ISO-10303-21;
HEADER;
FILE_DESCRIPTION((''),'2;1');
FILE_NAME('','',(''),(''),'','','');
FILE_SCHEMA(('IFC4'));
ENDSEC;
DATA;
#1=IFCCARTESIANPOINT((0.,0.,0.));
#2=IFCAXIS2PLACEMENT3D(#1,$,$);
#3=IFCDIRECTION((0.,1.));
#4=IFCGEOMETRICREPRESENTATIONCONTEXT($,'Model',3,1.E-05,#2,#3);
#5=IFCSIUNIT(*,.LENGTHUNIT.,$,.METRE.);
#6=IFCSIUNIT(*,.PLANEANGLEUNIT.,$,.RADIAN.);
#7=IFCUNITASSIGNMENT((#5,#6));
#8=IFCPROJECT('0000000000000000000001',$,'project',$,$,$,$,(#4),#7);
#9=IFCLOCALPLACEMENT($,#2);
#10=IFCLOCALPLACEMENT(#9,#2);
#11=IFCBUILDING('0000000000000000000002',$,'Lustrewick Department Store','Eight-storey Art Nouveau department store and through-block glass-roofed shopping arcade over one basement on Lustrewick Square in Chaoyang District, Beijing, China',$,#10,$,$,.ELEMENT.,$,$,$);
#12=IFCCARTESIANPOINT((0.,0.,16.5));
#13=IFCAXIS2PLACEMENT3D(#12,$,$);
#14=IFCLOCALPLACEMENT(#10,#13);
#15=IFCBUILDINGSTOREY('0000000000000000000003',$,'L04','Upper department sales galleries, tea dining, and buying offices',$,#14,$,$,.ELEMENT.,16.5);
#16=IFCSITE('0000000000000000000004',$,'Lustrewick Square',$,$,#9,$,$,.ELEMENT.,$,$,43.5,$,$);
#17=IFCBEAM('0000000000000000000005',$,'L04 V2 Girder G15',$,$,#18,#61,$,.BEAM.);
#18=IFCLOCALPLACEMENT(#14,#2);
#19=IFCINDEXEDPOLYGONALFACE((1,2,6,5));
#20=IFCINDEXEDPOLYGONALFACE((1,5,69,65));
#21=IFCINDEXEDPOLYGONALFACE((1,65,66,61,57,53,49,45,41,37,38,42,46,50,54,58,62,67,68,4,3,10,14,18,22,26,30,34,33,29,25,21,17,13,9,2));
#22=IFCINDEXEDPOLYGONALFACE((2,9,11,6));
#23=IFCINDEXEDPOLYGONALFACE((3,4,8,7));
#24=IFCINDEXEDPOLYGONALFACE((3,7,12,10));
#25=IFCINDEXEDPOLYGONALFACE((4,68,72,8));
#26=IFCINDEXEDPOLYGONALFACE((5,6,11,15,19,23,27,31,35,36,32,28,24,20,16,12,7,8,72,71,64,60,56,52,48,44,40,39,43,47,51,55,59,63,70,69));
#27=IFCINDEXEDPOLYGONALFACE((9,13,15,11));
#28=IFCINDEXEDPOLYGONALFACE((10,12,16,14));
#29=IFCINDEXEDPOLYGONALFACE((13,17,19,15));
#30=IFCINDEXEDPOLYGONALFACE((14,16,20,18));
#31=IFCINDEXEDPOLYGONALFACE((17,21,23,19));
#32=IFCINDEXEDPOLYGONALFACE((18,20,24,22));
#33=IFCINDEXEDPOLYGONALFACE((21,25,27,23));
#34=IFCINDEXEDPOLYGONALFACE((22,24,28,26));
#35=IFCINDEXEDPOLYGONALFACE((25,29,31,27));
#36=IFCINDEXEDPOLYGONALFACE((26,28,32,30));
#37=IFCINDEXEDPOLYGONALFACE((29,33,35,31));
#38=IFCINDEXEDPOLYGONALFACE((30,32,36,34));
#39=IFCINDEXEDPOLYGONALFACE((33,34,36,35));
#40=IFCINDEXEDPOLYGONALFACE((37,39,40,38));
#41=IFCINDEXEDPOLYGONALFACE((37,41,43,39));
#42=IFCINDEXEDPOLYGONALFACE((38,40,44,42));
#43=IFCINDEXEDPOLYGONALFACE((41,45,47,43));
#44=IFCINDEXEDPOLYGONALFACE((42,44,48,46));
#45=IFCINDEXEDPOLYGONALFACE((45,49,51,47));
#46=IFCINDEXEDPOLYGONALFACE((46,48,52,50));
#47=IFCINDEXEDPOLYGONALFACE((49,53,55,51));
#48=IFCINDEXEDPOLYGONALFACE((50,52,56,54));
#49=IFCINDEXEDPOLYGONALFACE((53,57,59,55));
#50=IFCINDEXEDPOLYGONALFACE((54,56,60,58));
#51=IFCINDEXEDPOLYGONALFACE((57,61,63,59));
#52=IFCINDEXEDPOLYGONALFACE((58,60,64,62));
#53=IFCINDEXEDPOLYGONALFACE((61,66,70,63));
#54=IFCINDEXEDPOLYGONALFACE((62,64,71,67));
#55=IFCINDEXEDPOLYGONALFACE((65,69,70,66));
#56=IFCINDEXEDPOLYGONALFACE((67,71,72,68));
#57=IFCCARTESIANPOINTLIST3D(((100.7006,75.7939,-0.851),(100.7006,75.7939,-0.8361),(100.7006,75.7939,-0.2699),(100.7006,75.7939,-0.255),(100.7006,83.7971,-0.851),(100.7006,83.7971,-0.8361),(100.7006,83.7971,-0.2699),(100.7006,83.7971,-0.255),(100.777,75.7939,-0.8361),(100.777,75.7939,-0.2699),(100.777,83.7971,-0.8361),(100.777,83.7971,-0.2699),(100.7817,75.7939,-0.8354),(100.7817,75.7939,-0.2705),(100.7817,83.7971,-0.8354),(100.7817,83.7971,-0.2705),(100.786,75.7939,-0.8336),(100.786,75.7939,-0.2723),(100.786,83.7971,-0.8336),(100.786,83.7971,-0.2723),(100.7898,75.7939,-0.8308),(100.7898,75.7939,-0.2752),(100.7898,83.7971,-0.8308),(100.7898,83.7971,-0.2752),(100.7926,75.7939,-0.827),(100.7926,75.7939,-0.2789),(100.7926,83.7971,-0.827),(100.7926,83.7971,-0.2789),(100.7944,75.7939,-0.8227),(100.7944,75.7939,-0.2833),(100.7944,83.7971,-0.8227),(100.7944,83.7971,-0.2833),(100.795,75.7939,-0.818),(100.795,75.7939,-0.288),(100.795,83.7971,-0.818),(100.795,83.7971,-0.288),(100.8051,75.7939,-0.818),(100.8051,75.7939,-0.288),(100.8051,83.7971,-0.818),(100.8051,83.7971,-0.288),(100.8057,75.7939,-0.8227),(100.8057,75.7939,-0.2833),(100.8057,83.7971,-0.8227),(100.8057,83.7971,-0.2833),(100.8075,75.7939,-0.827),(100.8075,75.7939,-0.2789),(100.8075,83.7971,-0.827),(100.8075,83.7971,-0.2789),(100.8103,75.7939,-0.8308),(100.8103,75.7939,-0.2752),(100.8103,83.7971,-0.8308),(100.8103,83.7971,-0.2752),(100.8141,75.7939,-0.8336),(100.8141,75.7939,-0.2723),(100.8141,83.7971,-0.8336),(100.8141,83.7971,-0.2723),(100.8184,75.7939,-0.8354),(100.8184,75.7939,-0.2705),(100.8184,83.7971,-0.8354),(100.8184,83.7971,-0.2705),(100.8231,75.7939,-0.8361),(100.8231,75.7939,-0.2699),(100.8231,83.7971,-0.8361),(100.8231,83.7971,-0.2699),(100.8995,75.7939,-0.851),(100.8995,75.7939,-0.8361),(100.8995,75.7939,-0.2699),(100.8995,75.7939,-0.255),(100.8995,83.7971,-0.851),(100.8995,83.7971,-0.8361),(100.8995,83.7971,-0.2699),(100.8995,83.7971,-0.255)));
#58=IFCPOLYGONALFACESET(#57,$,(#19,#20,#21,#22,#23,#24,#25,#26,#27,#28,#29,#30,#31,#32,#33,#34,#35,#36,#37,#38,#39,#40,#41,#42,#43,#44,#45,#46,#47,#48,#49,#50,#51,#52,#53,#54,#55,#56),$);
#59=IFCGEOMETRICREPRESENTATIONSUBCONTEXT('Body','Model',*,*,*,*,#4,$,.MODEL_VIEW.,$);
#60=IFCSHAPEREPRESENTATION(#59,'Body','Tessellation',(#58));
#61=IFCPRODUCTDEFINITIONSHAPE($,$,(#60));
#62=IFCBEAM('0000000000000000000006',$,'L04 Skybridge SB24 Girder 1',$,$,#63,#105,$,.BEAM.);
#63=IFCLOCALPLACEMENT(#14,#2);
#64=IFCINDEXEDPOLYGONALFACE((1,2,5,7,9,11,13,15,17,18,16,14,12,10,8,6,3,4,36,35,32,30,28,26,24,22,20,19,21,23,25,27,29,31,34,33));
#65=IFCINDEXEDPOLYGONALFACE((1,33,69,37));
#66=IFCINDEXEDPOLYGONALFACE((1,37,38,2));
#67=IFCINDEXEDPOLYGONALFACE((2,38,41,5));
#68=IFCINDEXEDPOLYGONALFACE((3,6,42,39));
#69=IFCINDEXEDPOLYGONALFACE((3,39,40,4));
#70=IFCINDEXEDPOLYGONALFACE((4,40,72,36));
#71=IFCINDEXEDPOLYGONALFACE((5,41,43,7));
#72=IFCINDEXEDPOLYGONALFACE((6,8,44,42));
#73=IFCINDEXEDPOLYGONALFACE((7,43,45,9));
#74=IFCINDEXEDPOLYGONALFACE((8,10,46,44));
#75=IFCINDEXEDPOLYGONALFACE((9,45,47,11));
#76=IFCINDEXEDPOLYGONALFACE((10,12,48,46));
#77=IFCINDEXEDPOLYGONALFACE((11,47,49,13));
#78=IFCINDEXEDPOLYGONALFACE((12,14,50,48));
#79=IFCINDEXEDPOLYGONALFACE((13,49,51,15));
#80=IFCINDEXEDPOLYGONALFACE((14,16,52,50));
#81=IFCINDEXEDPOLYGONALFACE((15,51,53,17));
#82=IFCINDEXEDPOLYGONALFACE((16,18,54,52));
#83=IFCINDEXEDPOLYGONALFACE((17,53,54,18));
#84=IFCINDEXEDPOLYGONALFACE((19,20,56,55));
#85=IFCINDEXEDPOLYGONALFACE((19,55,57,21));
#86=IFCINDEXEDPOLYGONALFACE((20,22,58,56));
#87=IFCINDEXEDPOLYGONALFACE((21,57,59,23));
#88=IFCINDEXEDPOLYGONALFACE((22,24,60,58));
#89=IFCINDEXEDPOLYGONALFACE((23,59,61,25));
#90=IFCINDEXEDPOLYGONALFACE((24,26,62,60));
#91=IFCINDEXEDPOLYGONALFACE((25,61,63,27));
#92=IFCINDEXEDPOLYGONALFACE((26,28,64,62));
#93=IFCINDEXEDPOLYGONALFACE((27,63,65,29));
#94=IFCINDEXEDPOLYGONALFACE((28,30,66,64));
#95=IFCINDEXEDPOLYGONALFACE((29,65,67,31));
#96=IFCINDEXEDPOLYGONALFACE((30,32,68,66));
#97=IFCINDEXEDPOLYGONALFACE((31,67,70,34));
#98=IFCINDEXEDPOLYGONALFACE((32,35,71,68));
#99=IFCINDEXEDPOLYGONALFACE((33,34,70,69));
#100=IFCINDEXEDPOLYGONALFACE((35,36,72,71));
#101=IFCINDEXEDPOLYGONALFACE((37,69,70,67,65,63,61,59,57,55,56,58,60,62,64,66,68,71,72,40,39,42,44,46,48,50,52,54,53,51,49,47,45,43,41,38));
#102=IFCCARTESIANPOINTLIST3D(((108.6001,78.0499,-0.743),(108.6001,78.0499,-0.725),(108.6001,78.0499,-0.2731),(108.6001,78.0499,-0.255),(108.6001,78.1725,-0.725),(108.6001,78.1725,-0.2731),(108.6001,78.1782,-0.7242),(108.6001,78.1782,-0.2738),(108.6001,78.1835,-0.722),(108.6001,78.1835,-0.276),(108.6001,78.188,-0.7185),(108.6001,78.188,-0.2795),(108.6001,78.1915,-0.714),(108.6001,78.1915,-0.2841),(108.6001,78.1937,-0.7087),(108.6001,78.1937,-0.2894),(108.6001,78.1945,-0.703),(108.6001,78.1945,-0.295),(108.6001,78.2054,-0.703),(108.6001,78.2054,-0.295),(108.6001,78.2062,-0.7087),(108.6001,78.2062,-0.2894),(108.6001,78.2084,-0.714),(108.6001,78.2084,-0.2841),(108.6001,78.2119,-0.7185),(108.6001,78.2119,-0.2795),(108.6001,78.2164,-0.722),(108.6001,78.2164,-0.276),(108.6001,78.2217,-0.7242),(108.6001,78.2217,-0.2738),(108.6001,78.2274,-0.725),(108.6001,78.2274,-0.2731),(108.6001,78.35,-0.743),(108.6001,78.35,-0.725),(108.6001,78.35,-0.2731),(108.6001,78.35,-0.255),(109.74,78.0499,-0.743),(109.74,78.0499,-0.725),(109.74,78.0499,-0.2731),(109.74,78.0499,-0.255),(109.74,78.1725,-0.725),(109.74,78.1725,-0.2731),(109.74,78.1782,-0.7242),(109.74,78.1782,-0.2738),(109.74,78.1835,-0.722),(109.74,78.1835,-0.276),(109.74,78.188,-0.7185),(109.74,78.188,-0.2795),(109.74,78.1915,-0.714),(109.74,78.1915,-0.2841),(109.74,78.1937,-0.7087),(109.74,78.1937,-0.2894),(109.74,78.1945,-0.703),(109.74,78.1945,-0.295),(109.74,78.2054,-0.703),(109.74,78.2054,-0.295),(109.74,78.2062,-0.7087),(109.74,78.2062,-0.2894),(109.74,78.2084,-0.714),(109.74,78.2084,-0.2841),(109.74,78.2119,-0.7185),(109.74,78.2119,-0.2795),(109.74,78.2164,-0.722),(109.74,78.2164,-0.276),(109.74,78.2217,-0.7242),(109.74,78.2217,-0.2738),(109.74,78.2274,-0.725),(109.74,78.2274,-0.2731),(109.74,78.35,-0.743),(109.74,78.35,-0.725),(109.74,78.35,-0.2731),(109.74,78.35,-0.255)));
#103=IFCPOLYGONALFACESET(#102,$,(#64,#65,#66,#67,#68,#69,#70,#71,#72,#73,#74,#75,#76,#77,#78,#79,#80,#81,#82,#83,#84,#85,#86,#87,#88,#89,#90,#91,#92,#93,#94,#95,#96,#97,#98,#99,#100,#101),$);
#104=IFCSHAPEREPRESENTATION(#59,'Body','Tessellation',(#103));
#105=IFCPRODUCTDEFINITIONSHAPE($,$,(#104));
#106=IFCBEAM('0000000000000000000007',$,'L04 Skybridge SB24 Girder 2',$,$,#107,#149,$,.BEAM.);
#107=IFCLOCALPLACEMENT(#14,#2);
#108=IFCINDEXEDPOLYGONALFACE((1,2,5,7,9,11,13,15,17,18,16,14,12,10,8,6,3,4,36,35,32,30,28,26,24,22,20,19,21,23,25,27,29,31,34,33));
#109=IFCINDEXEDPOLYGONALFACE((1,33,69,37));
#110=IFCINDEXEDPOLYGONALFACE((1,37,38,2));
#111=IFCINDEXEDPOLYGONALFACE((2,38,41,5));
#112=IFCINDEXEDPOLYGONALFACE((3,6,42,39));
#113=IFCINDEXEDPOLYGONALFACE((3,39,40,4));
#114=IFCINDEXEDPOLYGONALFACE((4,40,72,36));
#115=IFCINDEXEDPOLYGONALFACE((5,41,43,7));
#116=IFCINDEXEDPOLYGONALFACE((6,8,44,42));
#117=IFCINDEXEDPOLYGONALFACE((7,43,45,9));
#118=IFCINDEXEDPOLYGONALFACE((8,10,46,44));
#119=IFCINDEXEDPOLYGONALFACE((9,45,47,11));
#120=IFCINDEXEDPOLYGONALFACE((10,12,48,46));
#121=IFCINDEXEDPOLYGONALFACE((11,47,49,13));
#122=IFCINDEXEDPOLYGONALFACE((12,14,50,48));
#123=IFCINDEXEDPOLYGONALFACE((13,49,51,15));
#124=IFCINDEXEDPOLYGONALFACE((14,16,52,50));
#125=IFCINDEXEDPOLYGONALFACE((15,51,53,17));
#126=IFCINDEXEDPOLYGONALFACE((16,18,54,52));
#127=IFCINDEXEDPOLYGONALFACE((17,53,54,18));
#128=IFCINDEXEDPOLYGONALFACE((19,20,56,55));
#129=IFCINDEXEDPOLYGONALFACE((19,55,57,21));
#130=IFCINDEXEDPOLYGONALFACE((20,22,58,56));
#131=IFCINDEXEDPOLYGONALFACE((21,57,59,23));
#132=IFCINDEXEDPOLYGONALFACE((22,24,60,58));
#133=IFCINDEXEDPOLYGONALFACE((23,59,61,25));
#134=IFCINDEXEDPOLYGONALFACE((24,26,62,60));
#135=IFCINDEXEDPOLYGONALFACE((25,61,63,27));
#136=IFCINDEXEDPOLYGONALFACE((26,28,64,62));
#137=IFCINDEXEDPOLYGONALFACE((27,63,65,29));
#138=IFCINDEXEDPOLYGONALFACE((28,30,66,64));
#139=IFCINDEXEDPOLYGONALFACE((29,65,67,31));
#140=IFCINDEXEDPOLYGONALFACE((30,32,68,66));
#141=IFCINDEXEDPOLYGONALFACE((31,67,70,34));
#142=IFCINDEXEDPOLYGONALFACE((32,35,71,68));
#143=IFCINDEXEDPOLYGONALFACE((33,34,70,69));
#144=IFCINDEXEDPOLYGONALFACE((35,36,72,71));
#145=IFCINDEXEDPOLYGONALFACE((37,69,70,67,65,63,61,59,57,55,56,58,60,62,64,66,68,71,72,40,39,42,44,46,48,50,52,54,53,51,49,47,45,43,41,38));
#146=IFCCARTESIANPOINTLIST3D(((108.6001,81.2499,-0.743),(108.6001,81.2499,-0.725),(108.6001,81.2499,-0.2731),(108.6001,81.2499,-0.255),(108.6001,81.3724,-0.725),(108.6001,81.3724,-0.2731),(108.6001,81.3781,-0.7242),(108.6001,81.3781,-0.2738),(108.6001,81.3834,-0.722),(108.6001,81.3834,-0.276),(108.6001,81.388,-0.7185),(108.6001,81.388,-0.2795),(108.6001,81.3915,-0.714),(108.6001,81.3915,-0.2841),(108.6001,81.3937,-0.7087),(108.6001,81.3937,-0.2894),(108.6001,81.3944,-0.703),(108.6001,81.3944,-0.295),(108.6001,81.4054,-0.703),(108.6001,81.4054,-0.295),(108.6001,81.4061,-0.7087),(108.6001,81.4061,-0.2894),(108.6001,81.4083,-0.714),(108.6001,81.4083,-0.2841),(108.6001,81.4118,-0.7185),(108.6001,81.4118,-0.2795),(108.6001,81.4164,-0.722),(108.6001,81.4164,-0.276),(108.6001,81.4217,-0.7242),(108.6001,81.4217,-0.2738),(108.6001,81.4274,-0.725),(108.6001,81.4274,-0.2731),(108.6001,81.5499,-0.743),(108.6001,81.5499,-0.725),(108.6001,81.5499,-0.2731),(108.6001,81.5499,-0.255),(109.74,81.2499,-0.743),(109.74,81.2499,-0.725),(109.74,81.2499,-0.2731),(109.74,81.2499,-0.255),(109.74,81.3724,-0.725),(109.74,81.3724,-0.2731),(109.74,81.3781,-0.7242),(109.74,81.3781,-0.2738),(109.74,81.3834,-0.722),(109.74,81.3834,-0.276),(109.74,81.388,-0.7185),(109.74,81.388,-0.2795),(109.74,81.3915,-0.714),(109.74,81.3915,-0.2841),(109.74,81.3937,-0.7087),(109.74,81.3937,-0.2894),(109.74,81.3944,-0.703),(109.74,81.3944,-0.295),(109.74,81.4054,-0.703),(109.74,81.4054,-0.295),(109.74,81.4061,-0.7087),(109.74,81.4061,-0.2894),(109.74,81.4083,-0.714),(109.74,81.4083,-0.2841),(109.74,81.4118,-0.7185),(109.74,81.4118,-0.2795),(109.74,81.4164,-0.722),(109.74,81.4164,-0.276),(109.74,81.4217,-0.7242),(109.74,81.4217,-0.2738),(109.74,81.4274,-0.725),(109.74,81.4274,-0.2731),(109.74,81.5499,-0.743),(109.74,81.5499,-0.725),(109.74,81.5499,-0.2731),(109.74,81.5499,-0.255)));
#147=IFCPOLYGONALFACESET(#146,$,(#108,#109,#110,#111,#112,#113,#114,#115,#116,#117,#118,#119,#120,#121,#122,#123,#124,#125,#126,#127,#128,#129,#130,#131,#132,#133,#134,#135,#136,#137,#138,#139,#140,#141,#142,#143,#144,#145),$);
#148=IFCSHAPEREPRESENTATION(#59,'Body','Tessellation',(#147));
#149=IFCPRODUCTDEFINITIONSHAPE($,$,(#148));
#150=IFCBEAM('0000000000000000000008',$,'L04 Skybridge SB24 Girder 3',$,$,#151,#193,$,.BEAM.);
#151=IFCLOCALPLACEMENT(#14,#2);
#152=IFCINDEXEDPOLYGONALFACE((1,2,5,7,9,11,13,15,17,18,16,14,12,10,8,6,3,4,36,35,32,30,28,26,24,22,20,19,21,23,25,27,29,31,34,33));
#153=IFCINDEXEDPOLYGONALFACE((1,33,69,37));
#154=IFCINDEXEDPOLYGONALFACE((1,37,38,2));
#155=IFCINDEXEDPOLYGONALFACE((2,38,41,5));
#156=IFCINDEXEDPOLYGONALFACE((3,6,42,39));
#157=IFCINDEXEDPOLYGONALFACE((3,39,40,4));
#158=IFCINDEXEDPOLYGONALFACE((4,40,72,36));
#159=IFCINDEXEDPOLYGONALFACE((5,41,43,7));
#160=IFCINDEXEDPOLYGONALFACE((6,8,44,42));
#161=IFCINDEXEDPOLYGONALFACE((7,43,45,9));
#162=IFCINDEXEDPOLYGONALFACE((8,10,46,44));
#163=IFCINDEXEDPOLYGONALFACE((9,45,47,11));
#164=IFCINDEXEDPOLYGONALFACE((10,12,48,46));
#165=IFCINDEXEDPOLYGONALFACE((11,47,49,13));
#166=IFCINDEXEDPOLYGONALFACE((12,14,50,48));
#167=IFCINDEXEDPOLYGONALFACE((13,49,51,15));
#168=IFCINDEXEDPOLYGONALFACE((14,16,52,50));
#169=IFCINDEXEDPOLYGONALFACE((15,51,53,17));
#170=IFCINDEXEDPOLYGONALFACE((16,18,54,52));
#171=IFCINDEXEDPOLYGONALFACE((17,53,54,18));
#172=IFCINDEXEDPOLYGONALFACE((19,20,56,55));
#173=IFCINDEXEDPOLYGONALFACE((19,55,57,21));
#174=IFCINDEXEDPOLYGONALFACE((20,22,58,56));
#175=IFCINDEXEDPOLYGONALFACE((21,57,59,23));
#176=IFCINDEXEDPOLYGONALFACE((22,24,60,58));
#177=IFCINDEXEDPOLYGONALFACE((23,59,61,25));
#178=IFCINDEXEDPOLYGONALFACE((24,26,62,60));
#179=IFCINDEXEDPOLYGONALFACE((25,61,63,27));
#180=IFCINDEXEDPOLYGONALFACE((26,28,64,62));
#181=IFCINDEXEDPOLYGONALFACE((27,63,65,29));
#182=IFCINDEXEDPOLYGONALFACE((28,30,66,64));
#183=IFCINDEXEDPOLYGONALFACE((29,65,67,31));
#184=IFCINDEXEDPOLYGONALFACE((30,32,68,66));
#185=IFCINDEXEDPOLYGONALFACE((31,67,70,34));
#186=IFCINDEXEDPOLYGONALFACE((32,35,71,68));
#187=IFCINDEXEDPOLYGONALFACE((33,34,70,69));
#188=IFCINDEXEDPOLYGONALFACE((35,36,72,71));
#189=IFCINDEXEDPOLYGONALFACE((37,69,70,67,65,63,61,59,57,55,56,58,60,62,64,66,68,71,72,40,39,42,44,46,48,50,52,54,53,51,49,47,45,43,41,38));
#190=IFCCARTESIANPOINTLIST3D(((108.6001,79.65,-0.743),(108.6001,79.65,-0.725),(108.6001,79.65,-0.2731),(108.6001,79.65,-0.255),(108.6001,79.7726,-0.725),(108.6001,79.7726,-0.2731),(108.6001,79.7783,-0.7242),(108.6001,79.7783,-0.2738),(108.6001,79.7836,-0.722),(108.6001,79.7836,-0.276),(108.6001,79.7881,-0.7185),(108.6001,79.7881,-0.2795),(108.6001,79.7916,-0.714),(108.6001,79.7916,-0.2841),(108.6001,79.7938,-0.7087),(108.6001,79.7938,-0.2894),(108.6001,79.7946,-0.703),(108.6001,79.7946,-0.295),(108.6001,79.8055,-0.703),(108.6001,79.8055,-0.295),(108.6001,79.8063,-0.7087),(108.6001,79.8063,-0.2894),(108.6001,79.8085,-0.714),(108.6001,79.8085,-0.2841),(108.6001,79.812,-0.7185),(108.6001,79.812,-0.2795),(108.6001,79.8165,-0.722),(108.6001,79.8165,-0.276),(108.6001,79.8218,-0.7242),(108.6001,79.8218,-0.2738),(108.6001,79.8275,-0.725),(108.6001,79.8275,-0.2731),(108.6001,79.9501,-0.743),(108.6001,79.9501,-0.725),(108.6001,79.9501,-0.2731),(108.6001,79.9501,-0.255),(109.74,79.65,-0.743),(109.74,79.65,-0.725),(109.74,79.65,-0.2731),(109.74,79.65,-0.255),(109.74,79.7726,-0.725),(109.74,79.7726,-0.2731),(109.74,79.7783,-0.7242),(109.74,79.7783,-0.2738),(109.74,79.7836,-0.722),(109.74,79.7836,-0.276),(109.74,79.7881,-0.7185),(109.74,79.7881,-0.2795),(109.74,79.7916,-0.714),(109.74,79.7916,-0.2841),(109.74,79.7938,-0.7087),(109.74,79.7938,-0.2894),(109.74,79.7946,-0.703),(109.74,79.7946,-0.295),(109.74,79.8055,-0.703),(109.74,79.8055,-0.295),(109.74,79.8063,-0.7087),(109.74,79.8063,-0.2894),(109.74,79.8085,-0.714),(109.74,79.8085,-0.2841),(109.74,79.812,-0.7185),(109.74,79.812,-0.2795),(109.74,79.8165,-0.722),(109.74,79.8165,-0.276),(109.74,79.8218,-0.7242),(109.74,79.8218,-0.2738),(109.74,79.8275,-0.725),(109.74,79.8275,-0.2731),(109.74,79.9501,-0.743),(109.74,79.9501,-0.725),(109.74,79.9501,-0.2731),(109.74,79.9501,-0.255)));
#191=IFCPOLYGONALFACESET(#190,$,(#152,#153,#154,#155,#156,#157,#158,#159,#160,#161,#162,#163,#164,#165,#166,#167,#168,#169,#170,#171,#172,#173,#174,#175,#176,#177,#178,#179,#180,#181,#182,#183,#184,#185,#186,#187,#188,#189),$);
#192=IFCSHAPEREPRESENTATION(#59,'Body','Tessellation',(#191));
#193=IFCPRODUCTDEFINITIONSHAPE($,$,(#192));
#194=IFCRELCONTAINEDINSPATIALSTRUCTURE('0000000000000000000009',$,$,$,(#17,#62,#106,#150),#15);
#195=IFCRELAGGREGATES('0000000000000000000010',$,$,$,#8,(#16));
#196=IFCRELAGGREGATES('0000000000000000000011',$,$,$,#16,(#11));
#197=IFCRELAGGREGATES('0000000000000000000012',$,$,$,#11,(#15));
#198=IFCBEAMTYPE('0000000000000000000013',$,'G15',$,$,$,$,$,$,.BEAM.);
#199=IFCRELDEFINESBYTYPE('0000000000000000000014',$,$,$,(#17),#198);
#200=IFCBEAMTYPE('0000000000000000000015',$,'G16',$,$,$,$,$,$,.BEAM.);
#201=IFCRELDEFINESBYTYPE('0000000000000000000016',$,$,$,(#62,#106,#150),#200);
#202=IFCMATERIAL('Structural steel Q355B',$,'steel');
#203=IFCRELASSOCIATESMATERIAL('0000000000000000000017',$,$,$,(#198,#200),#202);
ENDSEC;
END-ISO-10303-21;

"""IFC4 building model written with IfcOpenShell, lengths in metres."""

from ifc_helpers import new_model, si_unit, direction, frame, origin, origin_2d, place, context, subcontext, project, spatial, i_section, extrude, material, material_profile, profile_set, type_object, element, save


model = new_model("IFC4")

# Units and contexts
model_context = context("Model", 3, precision=1e-05, world=origin(), true_north=direction((0.0, 1.0)))
body_context = subcontext(model_context, "Body", "Model", "MODEL_VIEW")
ifc_project = project(units=[si_unit("LENGTHUNIT", "METRE"), si_unit("PLANEANGLEUNIT", "RADIAN")], contexts=[model_context])

# Site, building, storey
site_placement = place(None, origin())
site = spatial("IfcSite", under=ifc_project, at=site_placement, Name="Lustrewick Square", CompositionType="ELEMENT", RefElevation=43.5)
building_placement = place(site_placement, origin())
building = spatial("IfcBuilding", under=site, at=building_placement, Name="Lustrewick Department Store", Description="Eight-storey Art Nouveau department store and through-block glass-roofed shopping arcade over one basement on Lustrewick Square in Chaoyang District, Beijing, China", CompositionType="ELEMENT")
storey_placement = place(building_placement, frame((0.0, 0.0, 16.5)))
storey = spatial("IfcBuildingStorey", under=building, at=storey_placement, Name="L04", Description="Upper department sales galleries, tea dining, and buying offices", CompositionType="ELEMENT", Elevation=16.5)

# Shared definitions
ifc_material_1 = material(Name="Structural steel Q355B", Category="steel")

# Beams
ifc_material_profile_1 = material_profile(ifc_material_1, i_section(OverallWidth=0.199, OverallDepth=0.5959, WebThickness=0.01, FlangeThickness=0.0149, FilletRadius=0.0181, at=origin_2d()), Name="HN 596x199x10x15")
ifc_profile_set_1 = profile_set([ifc_material_profile_1], Name="Structural steel Q355B")
beam_type_1 = type_object("IfcBeamType", Name="G15", PredefinedType="BEAM", material=ifc_profile_set_1)
beam_1_placement = place(storey_placement, frame((100.8, 75.7939, -0.553), z_axis=(0.0, 1.0, 0.0), x_axis=(-1.0, 0.0, 0.0)))
element("IfcBeam", 1, at=beam_1_placement, inside=storey, type_object=beam_type_1, Name="L04 V2 Girder G15", PredefinedType="BEAM", context=body_context, shape_type="SweptSolid", body=[
    extrude(i_section(OverallWidth=0.199, OverallDepth=0.5959, WebThickness=0.01, FlangeThickness=0.0149, FilletRadius=0.0181, at=origin_2d()), origin(), (0.0, 0.0, 1.0), 8.0032),
])
ifc_material_profile_2 = material_profile(ifc_material_1, i_section(OverallWidth=0.3, OverallDepth=0.488, WebThickness=0.011, FlangeThickness=0.0181, FilletRadius=0.022, at=origin_2d()), Name="HM 488x300x11x18")
ifc_profile_set_2 = profile_set([ifc_material_profile_2], Name="Structural steel Q355B")
beam_type_2 = type_object("IfcBeamType", Name="G16", PredefinedType="BEAM", material=ifc_profile_set_2)
for number, where, z_axis, x_axis, name in (
    (2, (108.6001, 78.2, -0.499), (1.0, 0.0, 0.0), (0.0, 1.0, 0.0), "L04 Skybridge SB24 Girder 1"),
    (3, (108.6001, 81.3999, -0.499), (1.0, 0.0, 0.0), (0.0, 1.0, 0.0), "L04 Skybridge SB24 Girder 2"),
    (4, (108.6001, 79.8, -0.499), (1.0, 0.0, 0.0), (0.0, 1.0, 0.0), "L04 Skybridge SB24 Girder 3"),
):
    element("IfcBeam", number, at=place(storey_placement, frame(where, z_axis=z_axis, x_axis=x_axis)), inside=storey, type_object=beam_type_2, Name=name, PredefinedType="BEAM", context=body_context, shape_type="SweptSolid", body=[
        extrude(i_section(OverallWidth=0.3, OverallDepth=0.488, WebThickness=0.011, FlangeThickness=0.0181, FilletRadius=0.022, at=origin_2d()), origin(), (0.0, 0.0, 1.0), 1.1399),
    ])

save(model, "model.ifc")
